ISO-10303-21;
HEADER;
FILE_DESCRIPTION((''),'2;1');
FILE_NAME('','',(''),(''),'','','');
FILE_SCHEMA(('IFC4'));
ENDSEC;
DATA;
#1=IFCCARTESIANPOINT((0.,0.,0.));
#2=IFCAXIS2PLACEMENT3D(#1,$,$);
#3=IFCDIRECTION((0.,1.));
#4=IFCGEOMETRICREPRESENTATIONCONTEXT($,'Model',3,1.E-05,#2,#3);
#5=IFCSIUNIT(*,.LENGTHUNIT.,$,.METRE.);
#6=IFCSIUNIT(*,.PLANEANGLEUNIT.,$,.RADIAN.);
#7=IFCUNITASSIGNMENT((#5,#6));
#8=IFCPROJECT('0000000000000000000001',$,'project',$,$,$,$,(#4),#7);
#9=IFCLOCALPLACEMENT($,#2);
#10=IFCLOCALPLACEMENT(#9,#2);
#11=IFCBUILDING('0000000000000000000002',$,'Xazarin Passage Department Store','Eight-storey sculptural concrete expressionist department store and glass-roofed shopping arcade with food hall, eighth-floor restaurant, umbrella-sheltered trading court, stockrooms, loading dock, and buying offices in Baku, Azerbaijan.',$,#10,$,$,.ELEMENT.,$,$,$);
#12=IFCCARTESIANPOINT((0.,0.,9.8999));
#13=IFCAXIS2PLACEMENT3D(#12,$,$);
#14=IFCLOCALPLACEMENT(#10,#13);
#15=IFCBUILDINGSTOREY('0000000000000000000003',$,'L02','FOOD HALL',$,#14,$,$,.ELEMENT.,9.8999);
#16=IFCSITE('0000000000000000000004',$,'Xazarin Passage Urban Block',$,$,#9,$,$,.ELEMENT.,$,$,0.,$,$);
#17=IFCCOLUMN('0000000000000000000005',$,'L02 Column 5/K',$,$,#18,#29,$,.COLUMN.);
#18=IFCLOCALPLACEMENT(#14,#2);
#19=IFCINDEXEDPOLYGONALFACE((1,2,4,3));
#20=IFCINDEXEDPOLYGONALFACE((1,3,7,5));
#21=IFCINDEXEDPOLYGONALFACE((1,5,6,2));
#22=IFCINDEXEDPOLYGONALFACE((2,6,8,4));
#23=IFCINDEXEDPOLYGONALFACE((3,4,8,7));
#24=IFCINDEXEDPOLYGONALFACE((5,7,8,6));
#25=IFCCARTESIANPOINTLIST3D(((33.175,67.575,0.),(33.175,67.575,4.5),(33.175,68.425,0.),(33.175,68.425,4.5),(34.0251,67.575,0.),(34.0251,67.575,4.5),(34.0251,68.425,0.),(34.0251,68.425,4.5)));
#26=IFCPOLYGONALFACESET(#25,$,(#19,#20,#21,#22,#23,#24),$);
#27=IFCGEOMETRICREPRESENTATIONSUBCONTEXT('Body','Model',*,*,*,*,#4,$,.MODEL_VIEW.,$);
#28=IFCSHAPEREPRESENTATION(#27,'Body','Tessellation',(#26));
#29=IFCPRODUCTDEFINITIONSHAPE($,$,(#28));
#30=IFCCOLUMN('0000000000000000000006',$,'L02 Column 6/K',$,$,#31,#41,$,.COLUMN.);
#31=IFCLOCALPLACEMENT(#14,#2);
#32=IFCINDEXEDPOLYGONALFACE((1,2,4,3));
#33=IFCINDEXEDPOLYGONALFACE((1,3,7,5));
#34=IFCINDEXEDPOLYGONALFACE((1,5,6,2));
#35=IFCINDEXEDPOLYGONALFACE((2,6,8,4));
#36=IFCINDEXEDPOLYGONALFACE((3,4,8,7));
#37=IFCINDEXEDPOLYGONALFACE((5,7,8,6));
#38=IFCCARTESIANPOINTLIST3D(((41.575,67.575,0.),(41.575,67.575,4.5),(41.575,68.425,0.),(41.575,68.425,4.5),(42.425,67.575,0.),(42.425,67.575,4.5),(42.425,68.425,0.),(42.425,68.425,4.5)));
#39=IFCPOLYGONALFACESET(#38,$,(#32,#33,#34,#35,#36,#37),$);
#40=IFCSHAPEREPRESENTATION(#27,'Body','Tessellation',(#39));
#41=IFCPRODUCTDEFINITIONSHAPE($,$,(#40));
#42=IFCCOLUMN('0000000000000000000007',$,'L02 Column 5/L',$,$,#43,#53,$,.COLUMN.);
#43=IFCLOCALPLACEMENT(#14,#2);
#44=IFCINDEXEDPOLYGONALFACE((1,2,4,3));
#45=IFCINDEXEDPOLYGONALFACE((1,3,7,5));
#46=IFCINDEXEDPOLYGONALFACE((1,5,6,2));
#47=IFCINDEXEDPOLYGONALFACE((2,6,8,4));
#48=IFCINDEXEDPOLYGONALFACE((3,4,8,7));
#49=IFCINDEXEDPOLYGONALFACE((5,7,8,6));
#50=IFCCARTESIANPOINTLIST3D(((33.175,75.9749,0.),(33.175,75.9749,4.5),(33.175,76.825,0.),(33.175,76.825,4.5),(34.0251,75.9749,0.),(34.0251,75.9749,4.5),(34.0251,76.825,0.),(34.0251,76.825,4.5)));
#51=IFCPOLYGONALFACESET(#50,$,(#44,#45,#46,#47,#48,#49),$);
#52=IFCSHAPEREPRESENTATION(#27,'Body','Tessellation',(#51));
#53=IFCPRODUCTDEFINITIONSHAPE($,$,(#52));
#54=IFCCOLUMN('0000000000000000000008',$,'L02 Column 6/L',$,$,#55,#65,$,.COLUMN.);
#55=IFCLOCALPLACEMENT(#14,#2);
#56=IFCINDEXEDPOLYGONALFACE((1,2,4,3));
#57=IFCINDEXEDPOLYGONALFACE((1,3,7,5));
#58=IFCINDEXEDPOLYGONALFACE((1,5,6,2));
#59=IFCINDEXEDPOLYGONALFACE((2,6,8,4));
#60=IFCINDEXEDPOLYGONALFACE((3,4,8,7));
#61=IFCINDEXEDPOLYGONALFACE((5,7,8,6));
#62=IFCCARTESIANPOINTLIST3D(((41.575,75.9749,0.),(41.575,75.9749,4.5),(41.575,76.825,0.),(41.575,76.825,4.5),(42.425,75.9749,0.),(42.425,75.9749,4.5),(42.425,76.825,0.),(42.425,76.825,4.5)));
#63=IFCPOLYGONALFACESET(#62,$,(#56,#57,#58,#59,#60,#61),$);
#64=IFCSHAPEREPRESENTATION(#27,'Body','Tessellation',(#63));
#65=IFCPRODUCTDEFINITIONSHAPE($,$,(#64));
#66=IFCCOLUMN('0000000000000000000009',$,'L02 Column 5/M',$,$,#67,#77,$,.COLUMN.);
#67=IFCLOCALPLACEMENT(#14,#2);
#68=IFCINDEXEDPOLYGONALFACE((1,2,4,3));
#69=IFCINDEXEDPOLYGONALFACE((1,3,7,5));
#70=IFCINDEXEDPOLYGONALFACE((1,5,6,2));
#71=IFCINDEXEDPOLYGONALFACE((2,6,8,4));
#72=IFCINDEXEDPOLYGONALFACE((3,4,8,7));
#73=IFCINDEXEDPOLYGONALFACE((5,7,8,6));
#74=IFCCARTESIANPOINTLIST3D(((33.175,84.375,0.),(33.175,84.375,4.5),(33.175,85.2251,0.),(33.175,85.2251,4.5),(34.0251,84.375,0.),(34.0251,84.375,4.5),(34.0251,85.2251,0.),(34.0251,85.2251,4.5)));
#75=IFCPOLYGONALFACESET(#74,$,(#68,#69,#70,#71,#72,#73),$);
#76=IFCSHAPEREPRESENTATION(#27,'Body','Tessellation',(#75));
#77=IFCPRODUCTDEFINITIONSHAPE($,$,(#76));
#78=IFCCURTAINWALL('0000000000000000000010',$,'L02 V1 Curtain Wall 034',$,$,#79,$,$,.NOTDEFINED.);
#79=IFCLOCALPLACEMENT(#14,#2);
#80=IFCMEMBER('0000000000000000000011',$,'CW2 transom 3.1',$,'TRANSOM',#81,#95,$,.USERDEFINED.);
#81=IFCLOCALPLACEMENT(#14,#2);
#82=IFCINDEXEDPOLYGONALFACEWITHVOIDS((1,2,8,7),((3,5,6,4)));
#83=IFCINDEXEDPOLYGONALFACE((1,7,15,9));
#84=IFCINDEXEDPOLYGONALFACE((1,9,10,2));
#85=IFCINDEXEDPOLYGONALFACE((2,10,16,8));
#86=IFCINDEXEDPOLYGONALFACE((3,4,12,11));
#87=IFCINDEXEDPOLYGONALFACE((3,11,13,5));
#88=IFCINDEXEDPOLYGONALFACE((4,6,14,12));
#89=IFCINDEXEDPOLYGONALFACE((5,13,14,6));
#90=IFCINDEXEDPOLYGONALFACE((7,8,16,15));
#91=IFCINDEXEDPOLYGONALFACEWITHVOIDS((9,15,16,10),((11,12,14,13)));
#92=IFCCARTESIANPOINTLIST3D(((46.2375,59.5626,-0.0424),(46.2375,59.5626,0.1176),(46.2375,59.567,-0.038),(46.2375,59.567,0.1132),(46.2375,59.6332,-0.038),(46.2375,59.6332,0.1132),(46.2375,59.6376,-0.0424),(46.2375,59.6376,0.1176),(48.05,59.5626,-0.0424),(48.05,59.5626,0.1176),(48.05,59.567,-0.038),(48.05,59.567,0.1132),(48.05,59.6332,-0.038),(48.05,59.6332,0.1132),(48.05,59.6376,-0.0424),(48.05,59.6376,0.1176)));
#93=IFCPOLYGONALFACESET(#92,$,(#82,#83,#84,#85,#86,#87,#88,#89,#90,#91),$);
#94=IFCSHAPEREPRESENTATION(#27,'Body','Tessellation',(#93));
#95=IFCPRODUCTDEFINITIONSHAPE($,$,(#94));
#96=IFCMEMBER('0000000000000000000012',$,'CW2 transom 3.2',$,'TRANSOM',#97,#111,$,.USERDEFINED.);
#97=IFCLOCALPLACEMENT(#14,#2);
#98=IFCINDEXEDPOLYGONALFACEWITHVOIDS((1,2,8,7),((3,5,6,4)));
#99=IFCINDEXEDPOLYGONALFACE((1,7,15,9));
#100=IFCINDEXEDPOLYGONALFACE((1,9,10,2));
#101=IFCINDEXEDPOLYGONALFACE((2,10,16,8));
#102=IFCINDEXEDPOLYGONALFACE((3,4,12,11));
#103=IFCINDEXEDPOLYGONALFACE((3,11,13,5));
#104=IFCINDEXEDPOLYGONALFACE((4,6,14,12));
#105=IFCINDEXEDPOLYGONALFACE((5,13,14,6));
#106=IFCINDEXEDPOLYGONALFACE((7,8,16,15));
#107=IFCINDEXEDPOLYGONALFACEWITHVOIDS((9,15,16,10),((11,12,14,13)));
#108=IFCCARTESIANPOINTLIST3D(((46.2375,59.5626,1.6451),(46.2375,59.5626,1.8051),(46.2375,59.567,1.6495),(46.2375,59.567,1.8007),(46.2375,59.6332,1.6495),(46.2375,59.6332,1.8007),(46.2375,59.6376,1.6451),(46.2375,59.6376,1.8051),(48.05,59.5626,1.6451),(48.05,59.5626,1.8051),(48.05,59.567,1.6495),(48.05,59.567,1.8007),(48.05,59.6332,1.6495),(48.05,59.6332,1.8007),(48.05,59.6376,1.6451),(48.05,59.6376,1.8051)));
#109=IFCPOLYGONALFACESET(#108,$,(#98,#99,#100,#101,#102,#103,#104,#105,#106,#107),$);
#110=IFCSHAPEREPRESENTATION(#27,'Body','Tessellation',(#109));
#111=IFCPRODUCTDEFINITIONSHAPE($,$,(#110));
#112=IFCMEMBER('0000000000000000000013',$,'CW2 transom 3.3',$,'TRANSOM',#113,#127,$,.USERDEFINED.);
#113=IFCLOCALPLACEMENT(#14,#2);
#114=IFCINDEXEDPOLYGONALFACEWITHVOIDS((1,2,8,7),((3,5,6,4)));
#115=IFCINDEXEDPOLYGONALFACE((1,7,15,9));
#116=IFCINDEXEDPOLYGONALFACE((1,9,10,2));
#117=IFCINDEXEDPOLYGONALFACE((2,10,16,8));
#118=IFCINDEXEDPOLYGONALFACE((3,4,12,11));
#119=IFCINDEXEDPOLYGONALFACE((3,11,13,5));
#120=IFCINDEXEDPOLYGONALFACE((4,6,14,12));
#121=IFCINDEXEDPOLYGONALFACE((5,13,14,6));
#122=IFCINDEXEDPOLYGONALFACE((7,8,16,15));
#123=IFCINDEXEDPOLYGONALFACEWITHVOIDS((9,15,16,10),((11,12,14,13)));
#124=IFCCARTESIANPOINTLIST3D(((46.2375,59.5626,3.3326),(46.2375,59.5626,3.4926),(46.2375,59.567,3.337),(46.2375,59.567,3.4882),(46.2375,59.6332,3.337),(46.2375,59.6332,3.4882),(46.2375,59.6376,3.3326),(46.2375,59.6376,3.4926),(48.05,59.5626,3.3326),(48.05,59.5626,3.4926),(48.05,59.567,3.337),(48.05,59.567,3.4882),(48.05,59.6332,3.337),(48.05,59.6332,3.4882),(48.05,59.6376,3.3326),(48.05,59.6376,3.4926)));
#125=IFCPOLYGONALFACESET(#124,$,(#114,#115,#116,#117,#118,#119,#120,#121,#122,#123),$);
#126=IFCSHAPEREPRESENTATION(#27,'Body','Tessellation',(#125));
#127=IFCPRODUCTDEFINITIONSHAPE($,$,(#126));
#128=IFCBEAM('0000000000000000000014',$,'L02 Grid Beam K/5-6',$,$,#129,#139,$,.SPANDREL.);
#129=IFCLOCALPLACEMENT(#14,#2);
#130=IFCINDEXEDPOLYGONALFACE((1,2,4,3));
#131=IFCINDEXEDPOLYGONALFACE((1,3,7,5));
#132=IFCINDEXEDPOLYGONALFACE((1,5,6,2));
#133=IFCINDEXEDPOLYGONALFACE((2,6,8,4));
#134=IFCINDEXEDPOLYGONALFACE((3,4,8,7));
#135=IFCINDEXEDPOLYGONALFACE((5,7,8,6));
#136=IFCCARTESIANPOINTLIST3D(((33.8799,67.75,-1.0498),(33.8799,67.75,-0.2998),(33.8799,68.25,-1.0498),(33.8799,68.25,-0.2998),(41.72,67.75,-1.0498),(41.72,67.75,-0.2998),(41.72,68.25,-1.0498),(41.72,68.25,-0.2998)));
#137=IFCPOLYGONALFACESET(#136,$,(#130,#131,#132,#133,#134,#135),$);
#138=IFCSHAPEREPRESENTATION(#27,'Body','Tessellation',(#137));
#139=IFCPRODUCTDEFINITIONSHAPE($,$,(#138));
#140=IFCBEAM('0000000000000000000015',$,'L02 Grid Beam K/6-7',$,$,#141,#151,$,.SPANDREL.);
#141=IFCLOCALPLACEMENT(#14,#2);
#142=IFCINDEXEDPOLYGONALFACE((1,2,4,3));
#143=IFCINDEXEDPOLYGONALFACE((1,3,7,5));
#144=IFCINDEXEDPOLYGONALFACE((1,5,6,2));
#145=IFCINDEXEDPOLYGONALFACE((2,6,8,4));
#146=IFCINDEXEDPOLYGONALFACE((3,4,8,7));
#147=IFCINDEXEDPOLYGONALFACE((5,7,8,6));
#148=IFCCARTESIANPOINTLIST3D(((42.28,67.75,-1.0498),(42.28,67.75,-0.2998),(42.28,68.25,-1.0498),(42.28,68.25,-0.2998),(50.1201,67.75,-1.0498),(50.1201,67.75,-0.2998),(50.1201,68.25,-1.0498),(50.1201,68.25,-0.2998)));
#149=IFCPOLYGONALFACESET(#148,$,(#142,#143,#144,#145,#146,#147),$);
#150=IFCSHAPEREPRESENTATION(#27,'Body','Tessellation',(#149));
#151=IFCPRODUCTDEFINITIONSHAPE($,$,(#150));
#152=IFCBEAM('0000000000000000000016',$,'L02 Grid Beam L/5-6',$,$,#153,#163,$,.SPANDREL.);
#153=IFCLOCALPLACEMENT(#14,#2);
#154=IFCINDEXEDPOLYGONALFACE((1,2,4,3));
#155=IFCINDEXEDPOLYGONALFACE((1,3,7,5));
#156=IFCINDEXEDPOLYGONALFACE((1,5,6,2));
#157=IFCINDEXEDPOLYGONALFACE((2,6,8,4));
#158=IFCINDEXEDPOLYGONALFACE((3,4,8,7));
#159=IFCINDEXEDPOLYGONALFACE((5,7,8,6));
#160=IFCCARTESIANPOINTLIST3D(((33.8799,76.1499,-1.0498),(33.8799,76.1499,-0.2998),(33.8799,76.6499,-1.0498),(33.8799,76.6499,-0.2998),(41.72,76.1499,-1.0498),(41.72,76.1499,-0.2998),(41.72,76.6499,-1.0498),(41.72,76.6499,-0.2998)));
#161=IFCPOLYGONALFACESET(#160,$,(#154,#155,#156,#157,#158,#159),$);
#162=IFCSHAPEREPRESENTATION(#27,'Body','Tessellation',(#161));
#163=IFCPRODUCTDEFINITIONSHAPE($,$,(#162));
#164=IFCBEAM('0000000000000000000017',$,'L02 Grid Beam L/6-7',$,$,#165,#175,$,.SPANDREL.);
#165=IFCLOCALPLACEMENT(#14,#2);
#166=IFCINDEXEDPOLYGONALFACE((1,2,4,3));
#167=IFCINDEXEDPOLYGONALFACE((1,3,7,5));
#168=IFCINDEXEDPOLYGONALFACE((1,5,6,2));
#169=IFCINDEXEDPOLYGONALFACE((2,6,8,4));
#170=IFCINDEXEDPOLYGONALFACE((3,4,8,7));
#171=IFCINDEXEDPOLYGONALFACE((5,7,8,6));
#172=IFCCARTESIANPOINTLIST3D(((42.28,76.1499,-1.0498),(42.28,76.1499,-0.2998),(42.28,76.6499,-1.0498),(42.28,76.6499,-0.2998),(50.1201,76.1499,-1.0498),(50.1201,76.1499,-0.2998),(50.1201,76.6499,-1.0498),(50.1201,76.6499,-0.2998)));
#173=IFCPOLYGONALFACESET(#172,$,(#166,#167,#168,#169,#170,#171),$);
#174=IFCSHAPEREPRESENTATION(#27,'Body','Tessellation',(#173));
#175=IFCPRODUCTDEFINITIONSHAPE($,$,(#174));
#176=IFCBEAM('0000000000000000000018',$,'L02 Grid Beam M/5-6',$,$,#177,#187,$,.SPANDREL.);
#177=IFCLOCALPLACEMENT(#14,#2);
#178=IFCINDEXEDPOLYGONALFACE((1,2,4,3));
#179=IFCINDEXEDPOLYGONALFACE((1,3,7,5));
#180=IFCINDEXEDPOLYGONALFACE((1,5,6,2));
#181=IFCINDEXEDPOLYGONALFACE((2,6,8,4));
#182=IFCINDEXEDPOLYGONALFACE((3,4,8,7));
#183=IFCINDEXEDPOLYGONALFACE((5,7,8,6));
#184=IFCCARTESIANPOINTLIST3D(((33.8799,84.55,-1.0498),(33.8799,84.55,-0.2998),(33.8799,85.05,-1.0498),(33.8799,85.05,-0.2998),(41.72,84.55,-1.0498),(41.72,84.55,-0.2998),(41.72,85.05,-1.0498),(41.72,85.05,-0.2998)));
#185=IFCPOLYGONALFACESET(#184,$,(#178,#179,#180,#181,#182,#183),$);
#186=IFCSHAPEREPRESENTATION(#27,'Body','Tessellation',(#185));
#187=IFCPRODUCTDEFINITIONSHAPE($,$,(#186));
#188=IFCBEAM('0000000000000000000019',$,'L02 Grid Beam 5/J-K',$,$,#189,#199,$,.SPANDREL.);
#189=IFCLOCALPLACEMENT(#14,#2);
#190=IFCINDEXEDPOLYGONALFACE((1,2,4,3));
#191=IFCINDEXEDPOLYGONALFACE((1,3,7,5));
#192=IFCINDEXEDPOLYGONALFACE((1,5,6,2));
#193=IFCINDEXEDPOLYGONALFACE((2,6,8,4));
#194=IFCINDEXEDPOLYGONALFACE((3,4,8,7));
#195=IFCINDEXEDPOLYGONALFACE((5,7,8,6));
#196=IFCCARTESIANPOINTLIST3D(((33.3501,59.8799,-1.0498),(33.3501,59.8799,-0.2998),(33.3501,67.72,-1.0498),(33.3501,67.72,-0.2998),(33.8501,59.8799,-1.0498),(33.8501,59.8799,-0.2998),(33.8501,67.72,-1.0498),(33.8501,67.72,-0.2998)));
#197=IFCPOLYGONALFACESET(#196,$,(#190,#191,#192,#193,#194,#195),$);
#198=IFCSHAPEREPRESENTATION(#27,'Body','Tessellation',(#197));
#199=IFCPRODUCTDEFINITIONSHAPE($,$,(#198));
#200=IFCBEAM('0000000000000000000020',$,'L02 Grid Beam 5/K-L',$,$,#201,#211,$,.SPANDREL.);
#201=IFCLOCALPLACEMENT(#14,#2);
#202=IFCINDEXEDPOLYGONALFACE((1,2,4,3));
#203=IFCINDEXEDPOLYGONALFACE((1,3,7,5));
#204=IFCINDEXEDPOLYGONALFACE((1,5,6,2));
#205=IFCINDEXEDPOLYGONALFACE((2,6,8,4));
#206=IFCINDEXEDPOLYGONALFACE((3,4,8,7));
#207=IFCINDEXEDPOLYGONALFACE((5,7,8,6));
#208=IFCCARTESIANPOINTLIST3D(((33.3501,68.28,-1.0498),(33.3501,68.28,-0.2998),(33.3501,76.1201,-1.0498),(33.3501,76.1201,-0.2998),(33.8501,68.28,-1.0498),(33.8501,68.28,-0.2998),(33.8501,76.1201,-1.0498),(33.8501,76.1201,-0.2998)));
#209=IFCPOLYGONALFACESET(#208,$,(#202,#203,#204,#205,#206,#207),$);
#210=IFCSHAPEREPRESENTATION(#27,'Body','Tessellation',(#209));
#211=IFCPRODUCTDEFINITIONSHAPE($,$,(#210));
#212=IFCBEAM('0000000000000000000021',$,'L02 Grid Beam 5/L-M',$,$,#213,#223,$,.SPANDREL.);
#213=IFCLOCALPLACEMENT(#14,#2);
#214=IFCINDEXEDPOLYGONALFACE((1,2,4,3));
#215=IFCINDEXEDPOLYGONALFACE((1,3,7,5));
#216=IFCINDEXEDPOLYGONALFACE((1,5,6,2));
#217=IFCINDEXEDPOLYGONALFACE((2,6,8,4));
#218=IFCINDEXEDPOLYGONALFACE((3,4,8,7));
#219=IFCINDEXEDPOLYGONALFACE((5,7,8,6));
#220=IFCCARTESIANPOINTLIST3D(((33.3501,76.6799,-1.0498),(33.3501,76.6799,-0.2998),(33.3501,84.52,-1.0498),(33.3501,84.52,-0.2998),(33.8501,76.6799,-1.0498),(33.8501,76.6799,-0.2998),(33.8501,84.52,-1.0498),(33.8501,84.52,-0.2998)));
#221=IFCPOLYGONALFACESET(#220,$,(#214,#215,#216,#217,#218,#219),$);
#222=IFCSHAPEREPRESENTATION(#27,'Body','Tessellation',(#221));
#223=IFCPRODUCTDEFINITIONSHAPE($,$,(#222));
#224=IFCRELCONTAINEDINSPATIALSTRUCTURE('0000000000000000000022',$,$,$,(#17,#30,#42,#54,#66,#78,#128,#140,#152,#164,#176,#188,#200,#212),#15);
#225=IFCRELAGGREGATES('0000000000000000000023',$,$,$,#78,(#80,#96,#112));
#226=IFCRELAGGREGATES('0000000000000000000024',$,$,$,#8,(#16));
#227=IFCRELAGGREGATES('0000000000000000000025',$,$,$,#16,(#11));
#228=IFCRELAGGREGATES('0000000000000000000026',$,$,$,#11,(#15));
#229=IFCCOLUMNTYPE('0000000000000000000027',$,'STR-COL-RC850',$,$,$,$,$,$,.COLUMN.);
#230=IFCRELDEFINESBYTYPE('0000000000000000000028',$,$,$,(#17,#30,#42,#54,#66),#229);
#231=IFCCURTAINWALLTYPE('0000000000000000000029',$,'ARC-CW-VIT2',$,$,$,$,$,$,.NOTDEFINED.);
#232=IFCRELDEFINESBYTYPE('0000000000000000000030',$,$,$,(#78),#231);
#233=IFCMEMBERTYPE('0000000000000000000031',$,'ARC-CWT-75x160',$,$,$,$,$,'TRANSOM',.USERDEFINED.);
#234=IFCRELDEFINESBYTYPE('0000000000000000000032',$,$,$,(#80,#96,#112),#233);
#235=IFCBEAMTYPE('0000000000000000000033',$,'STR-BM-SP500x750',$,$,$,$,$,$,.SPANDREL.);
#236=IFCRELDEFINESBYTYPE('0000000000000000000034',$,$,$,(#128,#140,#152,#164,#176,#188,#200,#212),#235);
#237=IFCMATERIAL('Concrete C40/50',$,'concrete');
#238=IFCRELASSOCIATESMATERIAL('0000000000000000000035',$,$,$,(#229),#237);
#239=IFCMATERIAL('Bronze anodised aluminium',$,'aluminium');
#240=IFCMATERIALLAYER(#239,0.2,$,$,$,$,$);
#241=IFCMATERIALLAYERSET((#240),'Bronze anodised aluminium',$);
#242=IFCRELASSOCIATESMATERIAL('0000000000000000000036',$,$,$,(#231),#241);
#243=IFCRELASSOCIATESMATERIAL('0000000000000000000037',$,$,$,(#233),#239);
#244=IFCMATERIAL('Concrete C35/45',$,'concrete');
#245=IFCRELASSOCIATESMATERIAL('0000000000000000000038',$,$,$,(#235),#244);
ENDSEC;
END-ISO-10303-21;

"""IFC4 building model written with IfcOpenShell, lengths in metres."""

from ifc_helpers import new_model, si_unit, direction, frame, origin, origin_2d, place, context, subcontext, project, spatial, rectangle, hollow_rectangle, extrude, material, layer, layer_set, material_profile, profile_set, type_object, element, aggregate, save


model = new_model("IFC4")

# Units and contexts
model_context = context("Model", 3, precision=1e-05, world=origin(), true_north=direction((0.0, 1.0)))
body_context = subcontext(model_context, "Body", "Model", "MODEL_VIEW")
ifc_project = project(units=[si_unit("LENGTHUNIT", "METRE"), si_unit("PLANEANGLEUNIT", "RADIAN")], contexts=[model_context])

# Site, building, storey
site_placement = place(None, origin())
site = spatial("IfcSite", under=ifc_project, at=site_placement, Name="Xazarin Passage Urban Block", CompositionType="ELEMENT", RefElevation=0.0)
building_placement = place(site_placement, origin())
building = spatial("IfcBuilding", under=site, at=building_placement, Name="Xazarin Passage Department Store", Description="Eight-storey sculptural concrete expressionist department store and glass-roofed shopping arcade with food hall, eighth-floor restaurant, umbrella-sheltered trading court, stockrooms, loading dock, and buying offices in Baku, Azerbaijan.", CompositionType="ELEMENT")
storey_placement = place(building_placement, frame((0.0, 0.0, 9.8999)))
storey = spatial("IfcBuildingStorey", under=building, at=storey_placement, Name="L02", Description="FOOD HALL", CompositionType="ELEMENT", Elevation=9.8999)

# Columns
ifc_material_1 = material(Name="Concrete C40/50", Category="concrete")
ifc_material_profile_1 = material_profile(ifc_material_1, rectangle(XDim=0.8501, YDim=0.8501, at=origin_2d()), Name="RC 850x850")
ifc_profile_set_1 = profile_set([ifc_material_profile_1], Name="Concrete C40/50")
column_type = type_object("IfcColumnType", Name="STR-COL-RC850", PredefinedType="COLUMN", material=ifc_profile_set_1)
for number, where, z_axis, x_axis, name in (
    (1, (33.6001, 68.0, 0.0), (0.0, 0.0, 1.0), (1.0, 0.0, 0.0), "L02 Column 5/K"),
    (2, (42.0, 68.0, 0.0), (0.0, 0.0, 1.0), (1.0, 0.0, 0.0), "L02 Column 6/K"),
    (3, (33.6001, 76.3999, 0.0), (0.0, 0.0, 1.0), (1.0, 0.0, 0.0), "L02 Column 5/L"),
    (4, (42.0, 76.3999, 0.0), (0.0, 0.0, 1.0), (1.0, 0.0, 0.0), "L02 Column 6/L"),
    (5, (33.6001, 84.8, 0.0), (0.0, 0.0, 1.0), (1.0, 0.0, 0.0), "L02 Column 5/M"),
):
    element("IfcColumn", number, at=place(storey_placement, frame(where, z_axis=z_axis, x_axis=x_axis)), inside=storey, type_object=column_type, Name=name, PredefinedType="COLUMN", context=body_context, shape_type="SweptSolid", body=[
        extrude(rectangle(XDim=0.8501, YDim=0.8501, at=origin_2d()), origin(), (0.0, 0.0, 1.0), 4.5),
    ])

# Curtain wall, members
ifc_material_2 = material(Name="Bronze anodised aluminium", Category="aluminium")
ifc_layer_1 = layer(ifc_material_2, 0.2)
ifc_layer_set_1 = layer_set([ifc_layer_1], Name="Bronze anodised aluminium")
curtain_wall_type = type_object("IfcCurtainWallType", Name="ARC-CW-VIT2", PredefinedType="NOTDEFINED", material=ifc_layer_set_1)
curtain_wall_placement = place(storey_placement, origin())
curtain_wall = element("IfcCurtainWall", 6, at=curtain_wall_placement, inside=storey, type_object=curtain_wall_type, Name="L02 V1 Curtain Wall 034", PredefinedType="NOTDEFINED")
ifc_material_profile_2 = material_profile(ifc_material_2, hollow_rectangle(XDim=0.075, YDim=0.1599, WallThickness=0.0044, at=origin_2d()), Name="ALU 75x160")
ifc_profile_set_2 = profile_set([ifc_material_profile_2], Name="Bronze anodised aluminium")
member_type = type_object("IfcMemberType", Name="ARC-CWT-75x160", ElementType="TRANSOM", PredefinedType="USERDEFINED", material=ifc_profile_set_2)
member_1_placement = place(storey_placement, frame((46.2375, 59.6001, 0.0376), z_axis=(1.0, 0.0, 0.0), x_axis=(0.0, 1.0, 0.0)))
member_1 = element("IfcMember", 7, at=member_1_placement, type_object=member_type, Name="CW2 transom 3.1", ObjectType="TRANSOM", PredefinedType="USERDEFINED", context=body_context, shape_type="SweptSolid", body=[
    extrude(hollow_rectangle(XDim=0.075, YDim=0.1599, WallThickness=0.0044, at=origin_2d()), origin(), (0.0, 0.0, 1.0), 1.8125),
])
member_2_placement = place(storey_placement, frame((46.2375, 59.6001, 1.7251), z_axis=(1.0, 0.0, 0.0), x_axis=(0.0, 1.0, 0.0)))
member_2 = element("IfcMember", 8, at=member_2_placement, type_object=member_type, Name="CW2 transom 3.2", ObjectType="TRANSOM", PredefinedType="USERDEFINED", context=body_context, shape_type="SweptSolid", body=[
    extrude(hollow_rectangle(XDim=0.075, YDim=0.1599, WallThickness=0.0044, at=origin_2d()), origin(), (0.0, 0.0, 1.0), 1.8125),
])
member_3_placement = place(storey_placement, frame((46.2375, 59.6001, 3.4126), z_axis=(1.0, 0.0, 0.0), x_axis=(0.0, 1.0, 0.0)))
member_3 = element("IfcMember", 9, at=member_3_placement, type_object=member_type, Name="CW2 transom 3.3", ObjectType="TRANSOM", PredefinedType="USERDEFINED", context=body_context, shape_type="SweptSolid", body=[
    extrude(hollow_rectangle(XDim=0.075, YDim=0.1599, WallThickness=0.0044, at=origin_2d()), origin(), (0.0, 0.0, 1.0), 1.8125),
])

# Beams
ifc_material_3 = material(Name="Concrete C35/45", Category="concrete")
ifc_material_profile_3 = material_profile(ifc_material_3, rectangle(XDim=0.5, YDim=0.75, at=origin_2d()), Name="RC 500x750")
ifc_profile_set_3 = profile_set([ifc_material_profile_3], Name="Concrete C35/45")
beam_type = type_object("IfcBeamType", Name="STR-BM-SP500x750", PredefinedType="SPANDREL", material=ifc_profile_set_3)
for number, where, z_axis, x_axis, name in (
    (10, (33.8799, 68.0, -0.6748), (1.0, 0.0, 0.0), (0.0, 1.0, 0.0), "L02 Grid Beam K/5-6"),
    (11, (42.28, 68.0, -0.6748), (1.0, 0.0, 0.0), (0.0, 1.0, 0.0), "L02 Grid Beam K/6-7"),
    (12, (33.8799, 76.3999, -0.6748), (1.0, 0.0, 0.0), (0.0, 1.0, 0.0), "L02 Grid Beam L/5-6"),
    (13, (42.28, 76.3999, -0.6748), (1.0, 0.0, 0.0), (0.0, 1.0, 0.0), "L02 Grid Beam L/6-7"),
    (14, (33.8799, 84.8, -0.6748), (1.0, 0.0, 0.0), (0.0, 1.0, 0.0), "L02 Grid Beam M/5-6"),
    (15, (33.6001, 59.8799, -0.6748), (0.0, 1.0, 0.0), (-1.0, 0.0, 0.0), "L02 Grid Beam 5/J-K"),
    (16, (33.6001, 68.28, -0.6748), (0.0, 1.0, 0.0), (-1.0, 0.0, 0.0), "L02 Grid Beam 5/K-L"),
    (17, (33.6001, 76.6799, -0.6748), (0.0, 1.0, 0.0), (-1.0, 0.0, 0.0), "L02 Grid Beam 5/L-M"),
):
    element("IfcBeam", number, at=place(storey_placement, frame(where, z_axis=z_axis, x_axis=x_axis)), inside=storey, type_object=beam_type, Name=name, PredefinedType="SPANDREL", context=body_context, shape_type="SweptSolid", body=[
        extrude(rectangle(XDim=0.5, YDim=0.75, at=origin_2d()), origin(), (0.0, 0.0, 1.0), 7.8401),
    ])

aggregate(curtain_wall, [member_1, member_2, member_3])

save(model, "model.ifc")
